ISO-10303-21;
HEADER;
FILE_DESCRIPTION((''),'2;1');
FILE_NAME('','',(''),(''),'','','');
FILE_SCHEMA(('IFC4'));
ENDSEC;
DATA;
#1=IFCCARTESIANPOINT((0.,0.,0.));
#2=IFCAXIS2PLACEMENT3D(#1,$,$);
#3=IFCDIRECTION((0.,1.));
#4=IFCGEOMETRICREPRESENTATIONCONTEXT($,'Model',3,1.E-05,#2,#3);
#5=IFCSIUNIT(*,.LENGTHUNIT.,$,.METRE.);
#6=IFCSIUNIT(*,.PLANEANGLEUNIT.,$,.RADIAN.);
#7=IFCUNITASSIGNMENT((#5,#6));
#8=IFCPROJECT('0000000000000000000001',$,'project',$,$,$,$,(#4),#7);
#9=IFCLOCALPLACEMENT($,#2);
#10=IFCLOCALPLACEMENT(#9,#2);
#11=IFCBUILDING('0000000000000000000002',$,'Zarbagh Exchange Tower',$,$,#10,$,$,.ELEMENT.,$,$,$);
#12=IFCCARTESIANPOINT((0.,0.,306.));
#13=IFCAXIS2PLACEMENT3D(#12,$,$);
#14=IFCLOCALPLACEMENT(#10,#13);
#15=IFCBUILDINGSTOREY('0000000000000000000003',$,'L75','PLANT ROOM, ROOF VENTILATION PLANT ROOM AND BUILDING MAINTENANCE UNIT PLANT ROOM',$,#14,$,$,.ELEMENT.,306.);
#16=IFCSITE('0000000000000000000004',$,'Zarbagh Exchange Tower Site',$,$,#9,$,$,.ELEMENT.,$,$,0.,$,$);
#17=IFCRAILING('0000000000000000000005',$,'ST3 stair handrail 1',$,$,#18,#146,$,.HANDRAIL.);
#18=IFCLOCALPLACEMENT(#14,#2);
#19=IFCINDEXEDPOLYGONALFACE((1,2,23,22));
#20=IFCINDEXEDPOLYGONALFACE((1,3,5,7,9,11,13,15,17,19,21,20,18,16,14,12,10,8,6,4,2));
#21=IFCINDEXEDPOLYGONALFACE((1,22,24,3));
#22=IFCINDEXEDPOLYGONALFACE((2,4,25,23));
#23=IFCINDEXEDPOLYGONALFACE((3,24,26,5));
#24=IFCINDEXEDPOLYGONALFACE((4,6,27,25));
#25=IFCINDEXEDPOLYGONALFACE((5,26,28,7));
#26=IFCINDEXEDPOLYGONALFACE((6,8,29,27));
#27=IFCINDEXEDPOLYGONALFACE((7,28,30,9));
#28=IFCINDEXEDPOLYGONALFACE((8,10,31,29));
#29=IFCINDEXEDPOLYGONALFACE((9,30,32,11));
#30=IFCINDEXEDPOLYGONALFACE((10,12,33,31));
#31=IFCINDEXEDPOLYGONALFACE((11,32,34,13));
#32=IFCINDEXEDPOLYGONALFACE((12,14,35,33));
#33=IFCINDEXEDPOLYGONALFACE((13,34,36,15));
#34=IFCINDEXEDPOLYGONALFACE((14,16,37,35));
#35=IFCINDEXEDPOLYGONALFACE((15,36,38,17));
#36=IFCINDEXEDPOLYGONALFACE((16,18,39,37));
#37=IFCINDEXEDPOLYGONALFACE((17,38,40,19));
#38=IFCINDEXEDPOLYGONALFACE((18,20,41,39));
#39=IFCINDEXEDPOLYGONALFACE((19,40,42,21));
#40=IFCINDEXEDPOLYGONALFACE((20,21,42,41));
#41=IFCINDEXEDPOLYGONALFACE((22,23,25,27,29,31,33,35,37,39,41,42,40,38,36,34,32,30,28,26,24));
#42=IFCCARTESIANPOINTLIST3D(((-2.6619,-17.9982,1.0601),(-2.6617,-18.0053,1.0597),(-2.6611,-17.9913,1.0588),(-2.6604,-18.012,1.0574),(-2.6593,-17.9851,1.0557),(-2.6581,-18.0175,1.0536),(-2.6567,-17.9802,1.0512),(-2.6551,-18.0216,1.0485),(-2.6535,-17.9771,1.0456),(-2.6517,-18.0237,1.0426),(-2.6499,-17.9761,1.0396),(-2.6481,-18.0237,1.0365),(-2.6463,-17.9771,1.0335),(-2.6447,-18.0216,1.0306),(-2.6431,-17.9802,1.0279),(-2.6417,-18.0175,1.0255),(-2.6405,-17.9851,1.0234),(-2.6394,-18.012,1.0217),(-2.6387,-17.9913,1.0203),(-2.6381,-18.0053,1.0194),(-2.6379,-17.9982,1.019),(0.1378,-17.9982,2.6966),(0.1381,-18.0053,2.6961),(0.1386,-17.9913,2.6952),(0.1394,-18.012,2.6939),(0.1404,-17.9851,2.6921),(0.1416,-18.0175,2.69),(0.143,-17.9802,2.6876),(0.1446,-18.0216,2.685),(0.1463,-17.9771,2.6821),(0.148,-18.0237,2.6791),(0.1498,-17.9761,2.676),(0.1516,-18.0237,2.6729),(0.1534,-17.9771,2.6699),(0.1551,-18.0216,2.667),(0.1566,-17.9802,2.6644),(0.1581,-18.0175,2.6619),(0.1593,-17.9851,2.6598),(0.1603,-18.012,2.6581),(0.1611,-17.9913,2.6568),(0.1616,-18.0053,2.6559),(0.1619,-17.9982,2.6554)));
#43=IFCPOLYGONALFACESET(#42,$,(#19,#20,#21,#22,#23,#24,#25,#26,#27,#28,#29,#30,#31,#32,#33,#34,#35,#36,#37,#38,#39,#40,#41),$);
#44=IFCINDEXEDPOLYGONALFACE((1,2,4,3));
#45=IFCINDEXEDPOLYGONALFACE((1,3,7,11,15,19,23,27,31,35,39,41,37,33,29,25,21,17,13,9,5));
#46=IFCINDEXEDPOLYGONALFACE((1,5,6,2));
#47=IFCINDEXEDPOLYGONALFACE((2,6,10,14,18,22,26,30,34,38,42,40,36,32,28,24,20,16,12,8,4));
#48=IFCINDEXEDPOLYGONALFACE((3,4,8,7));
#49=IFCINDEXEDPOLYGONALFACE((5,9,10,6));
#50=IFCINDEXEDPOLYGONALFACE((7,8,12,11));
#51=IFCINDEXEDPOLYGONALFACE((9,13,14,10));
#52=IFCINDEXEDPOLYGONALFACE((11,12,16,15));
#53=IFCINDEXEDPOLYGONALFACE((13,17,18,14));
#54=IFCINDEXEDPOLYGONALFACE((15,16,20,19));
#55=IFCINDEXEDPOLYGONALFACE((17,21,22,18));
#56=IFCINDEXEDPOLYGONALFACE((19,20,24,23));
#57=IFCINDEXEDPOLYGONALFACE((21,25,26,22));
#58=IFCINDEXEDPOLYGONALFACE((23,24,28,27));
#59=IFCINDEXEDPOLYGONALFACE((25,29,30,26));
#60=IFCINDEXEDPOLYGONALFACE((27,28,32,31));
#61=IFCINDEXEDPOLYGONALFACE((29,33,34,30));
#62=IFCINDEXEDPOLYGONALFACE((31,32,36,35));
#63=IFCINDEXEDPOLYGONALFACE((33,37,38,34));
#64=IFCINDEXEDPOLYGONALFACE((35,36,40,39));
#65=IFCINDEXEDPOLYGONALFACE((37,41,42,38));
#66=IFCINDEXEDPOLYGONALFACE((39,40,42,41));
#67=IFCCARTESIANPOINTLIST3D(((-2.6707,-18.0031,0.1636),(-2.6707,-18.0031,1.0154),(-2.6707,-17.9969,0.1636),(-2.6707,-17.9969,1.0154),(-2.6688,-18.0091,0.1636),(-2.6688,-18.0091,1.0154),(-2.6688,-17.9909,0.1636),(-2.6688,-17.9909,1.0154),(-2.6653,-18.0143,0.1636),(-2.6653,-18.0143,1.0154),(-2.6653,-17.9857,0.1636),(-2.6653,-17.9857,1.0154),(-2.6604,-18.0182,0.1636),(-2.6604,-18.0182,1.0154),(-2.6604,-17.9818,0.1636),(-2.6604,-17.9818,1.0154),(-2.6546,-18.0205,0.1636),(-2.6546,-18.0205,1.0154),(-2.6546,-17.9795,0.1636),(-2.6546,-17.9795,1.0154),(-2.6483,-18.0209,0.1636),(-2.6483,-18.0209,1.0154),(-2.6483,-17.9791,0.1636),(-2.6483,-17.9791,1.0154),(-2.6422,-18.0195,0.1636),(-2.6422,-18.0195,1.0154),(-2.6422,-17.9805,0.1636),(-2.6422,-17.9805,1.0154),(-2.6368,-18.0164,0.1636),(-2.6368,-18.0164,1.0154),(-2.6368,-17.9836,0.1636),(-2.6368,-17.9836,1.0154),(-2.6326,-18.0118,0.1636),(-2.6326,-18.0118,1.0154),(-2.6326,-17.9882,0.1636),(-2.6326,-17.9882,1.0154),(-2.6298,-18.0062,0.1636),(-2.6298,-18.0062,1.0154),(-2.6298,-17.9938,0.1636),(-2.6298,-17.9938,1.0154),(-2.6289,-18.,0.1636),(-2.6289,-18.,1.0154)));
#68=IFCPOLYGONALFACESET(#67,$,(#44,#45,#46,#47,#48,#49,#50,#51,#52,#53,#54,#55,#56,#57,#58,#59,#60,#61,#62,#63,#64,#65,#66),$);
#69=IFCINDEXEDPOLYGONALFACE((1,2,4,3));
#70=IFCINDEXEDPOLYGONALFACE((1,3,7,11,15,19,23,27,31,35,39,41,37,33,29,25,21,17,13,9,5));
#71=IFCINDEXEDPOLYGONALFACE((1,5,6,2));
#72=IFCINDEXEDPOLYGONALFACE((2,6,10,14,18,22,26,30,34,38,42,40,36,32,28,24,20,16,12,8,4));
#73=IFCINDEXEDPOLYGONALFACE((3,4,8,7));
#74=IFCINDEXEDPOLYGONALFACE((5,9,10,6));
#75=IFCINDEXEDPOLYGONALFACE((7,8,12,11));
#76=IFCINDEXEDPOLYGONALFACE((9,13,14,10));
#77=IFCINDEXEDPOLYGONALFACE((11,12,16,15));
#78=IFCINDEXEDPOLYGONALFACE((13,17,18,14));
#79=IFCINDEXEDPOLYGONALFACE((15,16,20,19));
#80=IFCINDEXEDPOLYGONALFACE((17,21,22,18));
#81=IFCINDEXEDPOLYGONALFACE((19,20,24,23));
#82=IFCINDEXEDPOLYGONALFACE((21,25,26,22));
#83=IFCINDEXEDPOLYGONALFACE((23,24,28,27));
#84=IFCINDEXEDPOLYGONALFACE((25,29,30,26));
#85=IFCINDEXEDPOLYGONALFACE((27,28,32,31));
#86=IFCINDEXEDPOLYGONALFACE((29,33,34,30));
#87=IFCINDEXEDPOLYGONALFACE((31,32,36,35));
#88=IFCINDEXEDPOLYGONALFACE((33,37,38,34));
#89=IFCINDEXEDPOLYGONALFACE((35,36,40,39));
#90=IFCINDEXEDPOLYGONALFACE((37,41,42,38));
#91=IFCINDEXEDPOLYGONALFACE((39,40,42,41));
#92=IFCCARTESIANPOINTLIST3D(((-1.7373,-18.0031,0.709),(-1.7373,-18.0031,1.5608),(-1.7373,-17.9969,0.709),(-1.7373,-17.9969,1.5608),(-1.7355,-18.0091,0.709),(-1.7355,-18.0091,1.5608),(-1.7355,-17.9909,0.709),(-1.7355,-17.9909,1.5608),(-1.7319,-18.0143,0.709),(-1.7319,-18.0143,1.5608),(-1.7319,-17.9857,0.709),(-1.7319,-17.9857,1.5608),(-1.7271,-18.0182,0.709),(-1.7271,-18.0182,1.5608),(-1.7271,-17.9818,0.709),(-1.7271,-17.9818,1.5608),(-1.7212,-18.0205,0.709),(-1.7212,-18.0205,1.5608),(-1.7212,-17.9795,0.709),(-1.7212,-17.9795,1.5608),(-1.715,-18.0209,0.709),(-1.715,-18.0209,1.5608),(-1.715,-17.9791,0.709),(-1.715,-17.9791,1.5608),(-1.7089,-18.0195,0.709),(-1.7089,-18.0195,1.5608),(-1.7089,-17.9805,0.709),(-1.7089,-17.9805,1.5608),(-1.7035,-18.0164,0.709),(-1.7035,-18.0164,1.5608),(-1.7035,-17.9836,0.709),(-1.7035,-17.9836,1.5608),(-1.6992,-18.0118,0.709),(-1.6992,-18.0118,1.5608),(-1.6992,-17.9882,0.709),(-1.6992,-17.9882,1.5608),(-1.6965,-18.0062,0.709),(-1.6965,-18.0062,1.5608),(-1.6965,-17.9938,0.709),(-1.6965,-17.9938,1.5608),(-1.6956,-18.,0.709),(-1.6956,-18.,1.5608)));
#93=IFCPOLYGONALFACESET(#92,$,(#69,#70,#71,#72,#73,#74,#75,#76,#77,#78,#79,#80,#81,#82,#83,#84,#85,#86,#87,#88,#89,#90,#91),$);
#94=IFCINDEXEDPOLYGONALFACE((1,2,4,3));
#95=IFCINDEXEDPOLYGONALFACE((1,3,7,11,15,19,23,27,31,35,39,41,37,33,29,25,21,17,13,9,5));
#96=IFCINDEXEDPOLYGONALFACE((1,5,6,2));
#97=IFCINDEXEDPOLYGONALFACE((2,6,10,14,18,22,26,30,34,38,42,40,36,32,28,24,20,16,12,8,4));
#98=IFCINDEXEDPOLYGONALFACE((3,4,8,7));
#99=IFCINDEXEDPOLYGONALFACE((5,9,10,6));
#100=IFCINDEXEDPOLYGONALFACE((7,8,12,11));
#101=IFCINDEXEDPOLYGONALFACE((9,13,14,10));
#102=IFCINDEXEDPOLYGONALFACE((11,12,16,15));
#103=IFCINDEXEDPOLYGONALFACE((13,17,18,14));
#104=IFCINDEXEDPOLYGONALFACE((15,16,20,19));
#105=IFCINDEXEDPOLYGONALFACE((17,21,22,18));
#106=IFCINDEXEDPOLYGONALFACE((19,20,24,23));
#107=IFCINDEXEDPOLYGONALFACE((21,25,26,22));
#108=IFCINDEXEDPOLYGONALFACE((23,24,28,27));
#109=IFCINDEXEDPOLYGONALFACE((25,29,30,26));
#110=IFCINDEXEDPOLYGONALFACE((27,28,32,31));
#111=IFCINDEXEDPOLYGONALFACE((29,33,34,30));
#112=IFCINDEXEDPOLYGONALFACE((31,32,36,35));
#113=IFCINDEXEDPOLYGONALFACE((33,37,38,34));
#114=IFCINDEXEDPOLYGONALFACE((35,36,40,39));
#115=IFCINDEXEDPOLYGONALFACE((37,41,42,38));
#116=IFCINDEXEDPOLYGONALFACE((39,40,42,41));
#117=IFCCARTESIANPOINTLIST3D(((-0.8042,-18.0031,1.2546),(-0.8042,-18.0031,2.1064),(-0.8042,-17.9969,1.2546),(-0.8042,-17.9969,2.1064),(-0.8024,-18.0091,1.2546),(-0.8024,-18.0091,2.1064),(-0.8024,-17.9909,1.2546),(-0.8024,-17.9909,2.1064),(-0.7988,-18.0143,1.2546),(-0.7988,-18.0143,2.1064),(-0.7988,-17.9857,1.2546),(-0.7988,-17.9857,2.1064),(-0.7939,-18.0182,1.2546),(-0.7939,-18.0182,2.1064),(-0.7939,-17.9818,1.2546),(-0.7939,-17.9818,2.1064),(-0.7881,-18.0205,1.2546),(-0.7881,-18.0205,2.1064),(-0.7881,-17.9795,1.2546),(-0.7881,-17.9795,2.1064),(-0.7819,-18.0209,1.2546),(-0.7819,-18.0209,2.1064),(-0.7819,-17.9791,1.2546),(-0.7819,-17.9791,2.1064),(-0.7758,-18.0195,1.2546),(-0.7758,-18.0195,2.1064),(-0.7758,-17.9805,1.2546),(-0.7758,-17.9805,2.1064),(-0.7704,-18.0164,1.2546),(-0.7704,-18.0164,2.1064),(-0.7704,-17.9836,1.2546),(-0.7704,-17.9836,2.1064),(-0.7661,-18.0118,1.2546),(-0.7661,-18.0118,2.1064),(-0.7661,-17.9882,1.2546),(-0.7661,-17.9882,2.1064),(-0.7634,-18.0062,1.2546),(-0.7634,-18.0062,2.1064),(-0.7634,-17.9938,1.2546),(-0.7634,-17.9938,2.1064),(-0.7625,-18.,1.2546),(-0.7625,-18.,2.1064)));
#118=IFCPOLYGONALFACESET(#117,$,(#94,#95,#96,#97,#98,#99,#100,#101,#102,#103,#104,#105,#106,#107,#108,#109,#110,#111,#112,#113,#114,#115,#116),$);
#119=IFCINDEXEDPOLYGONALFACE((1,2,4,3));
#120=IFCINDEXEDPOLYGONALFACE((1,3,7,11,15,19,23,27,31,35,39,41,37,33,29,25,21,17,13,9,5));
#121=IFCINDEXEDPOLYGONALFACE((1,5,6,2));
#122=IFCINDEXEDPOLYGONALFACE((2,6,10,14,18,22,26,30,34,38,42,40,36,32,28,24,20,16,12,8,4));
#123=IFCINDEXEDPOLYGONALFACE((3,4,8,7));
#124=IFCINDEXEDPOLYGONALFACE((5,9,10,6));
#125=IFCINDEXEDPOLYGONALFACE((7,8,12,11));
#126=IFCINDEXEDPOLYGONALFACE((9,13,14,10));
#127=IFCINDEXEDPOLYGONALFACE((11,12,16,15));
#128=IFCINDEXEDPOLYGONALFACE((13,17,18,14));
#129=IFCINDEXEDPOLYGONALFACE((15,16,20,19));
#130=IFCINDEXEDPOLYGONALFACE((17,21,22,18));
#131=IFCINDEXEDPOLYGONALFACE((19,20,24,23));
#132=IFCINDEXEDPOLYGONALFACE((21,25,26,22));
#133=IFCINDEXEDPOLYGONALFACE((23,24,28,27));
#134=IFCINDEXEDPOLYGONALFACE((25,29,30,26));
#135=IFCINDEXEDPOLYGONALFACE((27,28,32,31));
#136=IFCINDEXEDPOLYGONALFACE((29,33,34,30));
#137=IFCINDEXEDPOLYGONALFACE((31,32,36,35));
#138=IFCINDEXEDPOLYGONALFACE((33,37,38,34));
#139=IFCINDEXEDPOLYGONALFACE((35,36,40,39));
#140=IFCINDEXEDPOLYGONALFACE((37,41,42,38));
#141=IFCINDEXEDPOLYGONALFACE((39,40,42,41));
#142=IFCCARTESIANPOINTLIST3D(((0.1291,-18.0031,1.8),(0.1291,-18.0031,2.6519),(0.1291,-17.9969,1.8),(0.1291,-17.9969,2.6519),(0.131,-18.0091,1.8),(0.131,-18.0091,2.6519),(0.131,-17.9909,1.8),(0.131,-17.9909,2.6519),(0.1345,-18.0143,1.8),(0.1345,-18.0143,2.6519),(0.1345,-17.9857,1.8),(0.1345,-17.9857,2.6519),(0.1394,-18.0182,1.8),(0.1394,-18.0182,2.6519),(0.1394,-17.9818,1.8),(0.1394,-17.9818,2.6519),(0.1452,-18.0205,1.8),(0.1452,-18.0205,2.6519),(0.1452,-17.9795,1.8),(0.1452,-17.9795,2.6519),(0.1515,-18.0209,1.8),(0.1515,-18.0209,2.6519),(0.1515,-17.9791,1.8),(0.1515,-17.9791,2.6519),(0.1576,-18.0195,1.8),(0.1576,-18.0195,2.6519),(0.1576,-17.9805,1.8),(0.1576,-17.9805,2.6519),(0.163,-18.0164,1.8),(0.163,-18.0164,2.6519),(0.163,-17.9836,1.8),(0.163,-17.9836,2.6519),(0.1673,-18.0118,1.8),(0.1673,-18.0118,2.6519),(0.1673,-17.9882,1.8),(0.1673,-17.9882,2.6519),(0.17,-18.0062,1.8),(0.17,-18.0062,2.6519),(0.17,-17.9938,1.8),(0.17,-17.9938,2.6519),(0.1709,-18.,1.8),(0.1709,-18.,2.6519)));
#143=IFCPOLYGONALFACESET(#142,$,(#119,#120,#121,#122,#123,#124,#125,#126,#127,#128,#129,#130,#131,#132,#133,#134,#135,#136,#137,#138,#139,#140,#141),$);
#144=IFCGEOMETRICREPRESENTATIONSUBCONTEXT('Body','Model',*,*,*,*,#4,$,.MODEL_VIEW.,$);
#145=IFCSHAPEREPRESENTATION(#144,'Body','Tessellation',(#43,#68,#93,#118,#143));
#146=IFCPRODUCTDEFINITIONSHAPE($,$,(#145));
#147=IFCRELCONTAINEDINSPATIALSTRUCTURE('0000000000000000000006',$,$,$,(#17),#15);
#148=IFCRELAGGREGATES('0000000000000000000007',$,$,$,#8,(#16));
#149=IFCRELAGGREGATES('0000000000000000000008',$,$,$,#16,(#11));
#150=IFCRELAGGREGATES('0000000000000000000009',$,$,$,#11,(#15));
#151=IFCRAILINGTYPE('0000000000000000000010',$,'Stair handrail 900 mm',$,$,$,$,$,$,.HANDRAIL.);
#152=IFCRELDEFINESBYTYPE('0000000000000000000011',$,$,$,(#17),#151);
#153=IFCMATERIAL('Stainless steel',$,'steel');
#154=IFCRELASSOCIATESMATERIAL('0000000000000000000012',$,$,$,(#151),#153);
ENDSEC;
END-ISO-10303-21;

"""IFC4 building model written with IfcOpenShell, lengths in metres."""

from ifc_helpers import new_model, si_unit, direction, frame, origin, origin_2d, place, context, subcontext, project, spatial, circle, extrude, material, type_object, element, save


model = new_model("IFC4")

# Units and contexts
model_context = context("Model", 3, precision=1e-05, world=origin(), true_north=direction((0.0, 1.0)))
body_context = subcontext(model_context, "Body", "Model", "MODEL_VIEW")
ifc_project = project(units=[si_unit("LENGTHUNIT", "METRE"), si_unit("PLANEANGLEUNIT", "RADIAN")], contexts=[model_context])

# Site, building, storey
site_placement = place(None, origin())
site = spatial("IfcSite", under=ifc_project, at=site_placement, Name="Zarbagh Exchange Tower Site", CompositionType="ELEMENT", RefElevation=0.0)
building_placement = place(site_placement, origin())
building = spatial("IfcBuilding", under=site, at=building_placement, Name="Zarbagh Exchange Tower", CompositionType="ELEMENT")
storey_placement = place(building_placement, frame((0.0, 0.0, 306.0)))
storey = spatial("IfcBuildingStorey", under=building, at=storey_placement, Name="L75", Description="PLANT ROOM, ROOF VENTILATION PLANT ROOM AND BUILDING MAINTENANCE UNIT PLANT ROOM", CompositionType="ELEMENT", Elevation=306.0)

# Shared definitions
ifc_material_1 = material(Name="Stainless steel", Category="steel")

# Railing
railing_type_1 = type_object("IfcRailingType", Name="Stair handrail 900 mm", PredefinedType="HANDRAIL", material=ifc_material_1)
railing_1_placement = place(storey_placement, frame((-2.6499, -18.0, 0.1636)))
element("IfcRailing", 1, at=railing_1_placement, inside=storey, type_object=railing_type_1, Name="ST3 stair handrail 1", PredefinedType="HANDRAIL", context=body_context, shape_type="SweptSolid", body=[
    extrude(circle(Radius=0.0239, at=origin_2d()), frame((0.0, 0.0, 0.876), z_axis=(0.863342, 0.0, 0.50462), x_axis=(0.0, 1.0, 0.0)), (0.0, 0.0, 1.0), 3.2429),
    extrude(circle(Radius=0.021, at=origin_2d()), origin(), (0.0, 0.0, 1.0), 0.8518),
    extrude(circle(Radius=0.021, at=origin_2d()), frame((0.9333, 0.0, 0.5454)), (0.0, 0.0, 1.0), 0.8518),
    extrude(circle(Radius=0.021, at=origin_2d()), frame((1.8665, 0.0, 1.0911)), (0.0, 0.0, 1.0), 0.8518),
    extrude(circle(Radius=0.021, at=origin_2d()), frame((2.7998, 0.0, 1.6365)), (0.0, 0.0, 1.0), 0.8518),
])

save(model, "model.ifc")
